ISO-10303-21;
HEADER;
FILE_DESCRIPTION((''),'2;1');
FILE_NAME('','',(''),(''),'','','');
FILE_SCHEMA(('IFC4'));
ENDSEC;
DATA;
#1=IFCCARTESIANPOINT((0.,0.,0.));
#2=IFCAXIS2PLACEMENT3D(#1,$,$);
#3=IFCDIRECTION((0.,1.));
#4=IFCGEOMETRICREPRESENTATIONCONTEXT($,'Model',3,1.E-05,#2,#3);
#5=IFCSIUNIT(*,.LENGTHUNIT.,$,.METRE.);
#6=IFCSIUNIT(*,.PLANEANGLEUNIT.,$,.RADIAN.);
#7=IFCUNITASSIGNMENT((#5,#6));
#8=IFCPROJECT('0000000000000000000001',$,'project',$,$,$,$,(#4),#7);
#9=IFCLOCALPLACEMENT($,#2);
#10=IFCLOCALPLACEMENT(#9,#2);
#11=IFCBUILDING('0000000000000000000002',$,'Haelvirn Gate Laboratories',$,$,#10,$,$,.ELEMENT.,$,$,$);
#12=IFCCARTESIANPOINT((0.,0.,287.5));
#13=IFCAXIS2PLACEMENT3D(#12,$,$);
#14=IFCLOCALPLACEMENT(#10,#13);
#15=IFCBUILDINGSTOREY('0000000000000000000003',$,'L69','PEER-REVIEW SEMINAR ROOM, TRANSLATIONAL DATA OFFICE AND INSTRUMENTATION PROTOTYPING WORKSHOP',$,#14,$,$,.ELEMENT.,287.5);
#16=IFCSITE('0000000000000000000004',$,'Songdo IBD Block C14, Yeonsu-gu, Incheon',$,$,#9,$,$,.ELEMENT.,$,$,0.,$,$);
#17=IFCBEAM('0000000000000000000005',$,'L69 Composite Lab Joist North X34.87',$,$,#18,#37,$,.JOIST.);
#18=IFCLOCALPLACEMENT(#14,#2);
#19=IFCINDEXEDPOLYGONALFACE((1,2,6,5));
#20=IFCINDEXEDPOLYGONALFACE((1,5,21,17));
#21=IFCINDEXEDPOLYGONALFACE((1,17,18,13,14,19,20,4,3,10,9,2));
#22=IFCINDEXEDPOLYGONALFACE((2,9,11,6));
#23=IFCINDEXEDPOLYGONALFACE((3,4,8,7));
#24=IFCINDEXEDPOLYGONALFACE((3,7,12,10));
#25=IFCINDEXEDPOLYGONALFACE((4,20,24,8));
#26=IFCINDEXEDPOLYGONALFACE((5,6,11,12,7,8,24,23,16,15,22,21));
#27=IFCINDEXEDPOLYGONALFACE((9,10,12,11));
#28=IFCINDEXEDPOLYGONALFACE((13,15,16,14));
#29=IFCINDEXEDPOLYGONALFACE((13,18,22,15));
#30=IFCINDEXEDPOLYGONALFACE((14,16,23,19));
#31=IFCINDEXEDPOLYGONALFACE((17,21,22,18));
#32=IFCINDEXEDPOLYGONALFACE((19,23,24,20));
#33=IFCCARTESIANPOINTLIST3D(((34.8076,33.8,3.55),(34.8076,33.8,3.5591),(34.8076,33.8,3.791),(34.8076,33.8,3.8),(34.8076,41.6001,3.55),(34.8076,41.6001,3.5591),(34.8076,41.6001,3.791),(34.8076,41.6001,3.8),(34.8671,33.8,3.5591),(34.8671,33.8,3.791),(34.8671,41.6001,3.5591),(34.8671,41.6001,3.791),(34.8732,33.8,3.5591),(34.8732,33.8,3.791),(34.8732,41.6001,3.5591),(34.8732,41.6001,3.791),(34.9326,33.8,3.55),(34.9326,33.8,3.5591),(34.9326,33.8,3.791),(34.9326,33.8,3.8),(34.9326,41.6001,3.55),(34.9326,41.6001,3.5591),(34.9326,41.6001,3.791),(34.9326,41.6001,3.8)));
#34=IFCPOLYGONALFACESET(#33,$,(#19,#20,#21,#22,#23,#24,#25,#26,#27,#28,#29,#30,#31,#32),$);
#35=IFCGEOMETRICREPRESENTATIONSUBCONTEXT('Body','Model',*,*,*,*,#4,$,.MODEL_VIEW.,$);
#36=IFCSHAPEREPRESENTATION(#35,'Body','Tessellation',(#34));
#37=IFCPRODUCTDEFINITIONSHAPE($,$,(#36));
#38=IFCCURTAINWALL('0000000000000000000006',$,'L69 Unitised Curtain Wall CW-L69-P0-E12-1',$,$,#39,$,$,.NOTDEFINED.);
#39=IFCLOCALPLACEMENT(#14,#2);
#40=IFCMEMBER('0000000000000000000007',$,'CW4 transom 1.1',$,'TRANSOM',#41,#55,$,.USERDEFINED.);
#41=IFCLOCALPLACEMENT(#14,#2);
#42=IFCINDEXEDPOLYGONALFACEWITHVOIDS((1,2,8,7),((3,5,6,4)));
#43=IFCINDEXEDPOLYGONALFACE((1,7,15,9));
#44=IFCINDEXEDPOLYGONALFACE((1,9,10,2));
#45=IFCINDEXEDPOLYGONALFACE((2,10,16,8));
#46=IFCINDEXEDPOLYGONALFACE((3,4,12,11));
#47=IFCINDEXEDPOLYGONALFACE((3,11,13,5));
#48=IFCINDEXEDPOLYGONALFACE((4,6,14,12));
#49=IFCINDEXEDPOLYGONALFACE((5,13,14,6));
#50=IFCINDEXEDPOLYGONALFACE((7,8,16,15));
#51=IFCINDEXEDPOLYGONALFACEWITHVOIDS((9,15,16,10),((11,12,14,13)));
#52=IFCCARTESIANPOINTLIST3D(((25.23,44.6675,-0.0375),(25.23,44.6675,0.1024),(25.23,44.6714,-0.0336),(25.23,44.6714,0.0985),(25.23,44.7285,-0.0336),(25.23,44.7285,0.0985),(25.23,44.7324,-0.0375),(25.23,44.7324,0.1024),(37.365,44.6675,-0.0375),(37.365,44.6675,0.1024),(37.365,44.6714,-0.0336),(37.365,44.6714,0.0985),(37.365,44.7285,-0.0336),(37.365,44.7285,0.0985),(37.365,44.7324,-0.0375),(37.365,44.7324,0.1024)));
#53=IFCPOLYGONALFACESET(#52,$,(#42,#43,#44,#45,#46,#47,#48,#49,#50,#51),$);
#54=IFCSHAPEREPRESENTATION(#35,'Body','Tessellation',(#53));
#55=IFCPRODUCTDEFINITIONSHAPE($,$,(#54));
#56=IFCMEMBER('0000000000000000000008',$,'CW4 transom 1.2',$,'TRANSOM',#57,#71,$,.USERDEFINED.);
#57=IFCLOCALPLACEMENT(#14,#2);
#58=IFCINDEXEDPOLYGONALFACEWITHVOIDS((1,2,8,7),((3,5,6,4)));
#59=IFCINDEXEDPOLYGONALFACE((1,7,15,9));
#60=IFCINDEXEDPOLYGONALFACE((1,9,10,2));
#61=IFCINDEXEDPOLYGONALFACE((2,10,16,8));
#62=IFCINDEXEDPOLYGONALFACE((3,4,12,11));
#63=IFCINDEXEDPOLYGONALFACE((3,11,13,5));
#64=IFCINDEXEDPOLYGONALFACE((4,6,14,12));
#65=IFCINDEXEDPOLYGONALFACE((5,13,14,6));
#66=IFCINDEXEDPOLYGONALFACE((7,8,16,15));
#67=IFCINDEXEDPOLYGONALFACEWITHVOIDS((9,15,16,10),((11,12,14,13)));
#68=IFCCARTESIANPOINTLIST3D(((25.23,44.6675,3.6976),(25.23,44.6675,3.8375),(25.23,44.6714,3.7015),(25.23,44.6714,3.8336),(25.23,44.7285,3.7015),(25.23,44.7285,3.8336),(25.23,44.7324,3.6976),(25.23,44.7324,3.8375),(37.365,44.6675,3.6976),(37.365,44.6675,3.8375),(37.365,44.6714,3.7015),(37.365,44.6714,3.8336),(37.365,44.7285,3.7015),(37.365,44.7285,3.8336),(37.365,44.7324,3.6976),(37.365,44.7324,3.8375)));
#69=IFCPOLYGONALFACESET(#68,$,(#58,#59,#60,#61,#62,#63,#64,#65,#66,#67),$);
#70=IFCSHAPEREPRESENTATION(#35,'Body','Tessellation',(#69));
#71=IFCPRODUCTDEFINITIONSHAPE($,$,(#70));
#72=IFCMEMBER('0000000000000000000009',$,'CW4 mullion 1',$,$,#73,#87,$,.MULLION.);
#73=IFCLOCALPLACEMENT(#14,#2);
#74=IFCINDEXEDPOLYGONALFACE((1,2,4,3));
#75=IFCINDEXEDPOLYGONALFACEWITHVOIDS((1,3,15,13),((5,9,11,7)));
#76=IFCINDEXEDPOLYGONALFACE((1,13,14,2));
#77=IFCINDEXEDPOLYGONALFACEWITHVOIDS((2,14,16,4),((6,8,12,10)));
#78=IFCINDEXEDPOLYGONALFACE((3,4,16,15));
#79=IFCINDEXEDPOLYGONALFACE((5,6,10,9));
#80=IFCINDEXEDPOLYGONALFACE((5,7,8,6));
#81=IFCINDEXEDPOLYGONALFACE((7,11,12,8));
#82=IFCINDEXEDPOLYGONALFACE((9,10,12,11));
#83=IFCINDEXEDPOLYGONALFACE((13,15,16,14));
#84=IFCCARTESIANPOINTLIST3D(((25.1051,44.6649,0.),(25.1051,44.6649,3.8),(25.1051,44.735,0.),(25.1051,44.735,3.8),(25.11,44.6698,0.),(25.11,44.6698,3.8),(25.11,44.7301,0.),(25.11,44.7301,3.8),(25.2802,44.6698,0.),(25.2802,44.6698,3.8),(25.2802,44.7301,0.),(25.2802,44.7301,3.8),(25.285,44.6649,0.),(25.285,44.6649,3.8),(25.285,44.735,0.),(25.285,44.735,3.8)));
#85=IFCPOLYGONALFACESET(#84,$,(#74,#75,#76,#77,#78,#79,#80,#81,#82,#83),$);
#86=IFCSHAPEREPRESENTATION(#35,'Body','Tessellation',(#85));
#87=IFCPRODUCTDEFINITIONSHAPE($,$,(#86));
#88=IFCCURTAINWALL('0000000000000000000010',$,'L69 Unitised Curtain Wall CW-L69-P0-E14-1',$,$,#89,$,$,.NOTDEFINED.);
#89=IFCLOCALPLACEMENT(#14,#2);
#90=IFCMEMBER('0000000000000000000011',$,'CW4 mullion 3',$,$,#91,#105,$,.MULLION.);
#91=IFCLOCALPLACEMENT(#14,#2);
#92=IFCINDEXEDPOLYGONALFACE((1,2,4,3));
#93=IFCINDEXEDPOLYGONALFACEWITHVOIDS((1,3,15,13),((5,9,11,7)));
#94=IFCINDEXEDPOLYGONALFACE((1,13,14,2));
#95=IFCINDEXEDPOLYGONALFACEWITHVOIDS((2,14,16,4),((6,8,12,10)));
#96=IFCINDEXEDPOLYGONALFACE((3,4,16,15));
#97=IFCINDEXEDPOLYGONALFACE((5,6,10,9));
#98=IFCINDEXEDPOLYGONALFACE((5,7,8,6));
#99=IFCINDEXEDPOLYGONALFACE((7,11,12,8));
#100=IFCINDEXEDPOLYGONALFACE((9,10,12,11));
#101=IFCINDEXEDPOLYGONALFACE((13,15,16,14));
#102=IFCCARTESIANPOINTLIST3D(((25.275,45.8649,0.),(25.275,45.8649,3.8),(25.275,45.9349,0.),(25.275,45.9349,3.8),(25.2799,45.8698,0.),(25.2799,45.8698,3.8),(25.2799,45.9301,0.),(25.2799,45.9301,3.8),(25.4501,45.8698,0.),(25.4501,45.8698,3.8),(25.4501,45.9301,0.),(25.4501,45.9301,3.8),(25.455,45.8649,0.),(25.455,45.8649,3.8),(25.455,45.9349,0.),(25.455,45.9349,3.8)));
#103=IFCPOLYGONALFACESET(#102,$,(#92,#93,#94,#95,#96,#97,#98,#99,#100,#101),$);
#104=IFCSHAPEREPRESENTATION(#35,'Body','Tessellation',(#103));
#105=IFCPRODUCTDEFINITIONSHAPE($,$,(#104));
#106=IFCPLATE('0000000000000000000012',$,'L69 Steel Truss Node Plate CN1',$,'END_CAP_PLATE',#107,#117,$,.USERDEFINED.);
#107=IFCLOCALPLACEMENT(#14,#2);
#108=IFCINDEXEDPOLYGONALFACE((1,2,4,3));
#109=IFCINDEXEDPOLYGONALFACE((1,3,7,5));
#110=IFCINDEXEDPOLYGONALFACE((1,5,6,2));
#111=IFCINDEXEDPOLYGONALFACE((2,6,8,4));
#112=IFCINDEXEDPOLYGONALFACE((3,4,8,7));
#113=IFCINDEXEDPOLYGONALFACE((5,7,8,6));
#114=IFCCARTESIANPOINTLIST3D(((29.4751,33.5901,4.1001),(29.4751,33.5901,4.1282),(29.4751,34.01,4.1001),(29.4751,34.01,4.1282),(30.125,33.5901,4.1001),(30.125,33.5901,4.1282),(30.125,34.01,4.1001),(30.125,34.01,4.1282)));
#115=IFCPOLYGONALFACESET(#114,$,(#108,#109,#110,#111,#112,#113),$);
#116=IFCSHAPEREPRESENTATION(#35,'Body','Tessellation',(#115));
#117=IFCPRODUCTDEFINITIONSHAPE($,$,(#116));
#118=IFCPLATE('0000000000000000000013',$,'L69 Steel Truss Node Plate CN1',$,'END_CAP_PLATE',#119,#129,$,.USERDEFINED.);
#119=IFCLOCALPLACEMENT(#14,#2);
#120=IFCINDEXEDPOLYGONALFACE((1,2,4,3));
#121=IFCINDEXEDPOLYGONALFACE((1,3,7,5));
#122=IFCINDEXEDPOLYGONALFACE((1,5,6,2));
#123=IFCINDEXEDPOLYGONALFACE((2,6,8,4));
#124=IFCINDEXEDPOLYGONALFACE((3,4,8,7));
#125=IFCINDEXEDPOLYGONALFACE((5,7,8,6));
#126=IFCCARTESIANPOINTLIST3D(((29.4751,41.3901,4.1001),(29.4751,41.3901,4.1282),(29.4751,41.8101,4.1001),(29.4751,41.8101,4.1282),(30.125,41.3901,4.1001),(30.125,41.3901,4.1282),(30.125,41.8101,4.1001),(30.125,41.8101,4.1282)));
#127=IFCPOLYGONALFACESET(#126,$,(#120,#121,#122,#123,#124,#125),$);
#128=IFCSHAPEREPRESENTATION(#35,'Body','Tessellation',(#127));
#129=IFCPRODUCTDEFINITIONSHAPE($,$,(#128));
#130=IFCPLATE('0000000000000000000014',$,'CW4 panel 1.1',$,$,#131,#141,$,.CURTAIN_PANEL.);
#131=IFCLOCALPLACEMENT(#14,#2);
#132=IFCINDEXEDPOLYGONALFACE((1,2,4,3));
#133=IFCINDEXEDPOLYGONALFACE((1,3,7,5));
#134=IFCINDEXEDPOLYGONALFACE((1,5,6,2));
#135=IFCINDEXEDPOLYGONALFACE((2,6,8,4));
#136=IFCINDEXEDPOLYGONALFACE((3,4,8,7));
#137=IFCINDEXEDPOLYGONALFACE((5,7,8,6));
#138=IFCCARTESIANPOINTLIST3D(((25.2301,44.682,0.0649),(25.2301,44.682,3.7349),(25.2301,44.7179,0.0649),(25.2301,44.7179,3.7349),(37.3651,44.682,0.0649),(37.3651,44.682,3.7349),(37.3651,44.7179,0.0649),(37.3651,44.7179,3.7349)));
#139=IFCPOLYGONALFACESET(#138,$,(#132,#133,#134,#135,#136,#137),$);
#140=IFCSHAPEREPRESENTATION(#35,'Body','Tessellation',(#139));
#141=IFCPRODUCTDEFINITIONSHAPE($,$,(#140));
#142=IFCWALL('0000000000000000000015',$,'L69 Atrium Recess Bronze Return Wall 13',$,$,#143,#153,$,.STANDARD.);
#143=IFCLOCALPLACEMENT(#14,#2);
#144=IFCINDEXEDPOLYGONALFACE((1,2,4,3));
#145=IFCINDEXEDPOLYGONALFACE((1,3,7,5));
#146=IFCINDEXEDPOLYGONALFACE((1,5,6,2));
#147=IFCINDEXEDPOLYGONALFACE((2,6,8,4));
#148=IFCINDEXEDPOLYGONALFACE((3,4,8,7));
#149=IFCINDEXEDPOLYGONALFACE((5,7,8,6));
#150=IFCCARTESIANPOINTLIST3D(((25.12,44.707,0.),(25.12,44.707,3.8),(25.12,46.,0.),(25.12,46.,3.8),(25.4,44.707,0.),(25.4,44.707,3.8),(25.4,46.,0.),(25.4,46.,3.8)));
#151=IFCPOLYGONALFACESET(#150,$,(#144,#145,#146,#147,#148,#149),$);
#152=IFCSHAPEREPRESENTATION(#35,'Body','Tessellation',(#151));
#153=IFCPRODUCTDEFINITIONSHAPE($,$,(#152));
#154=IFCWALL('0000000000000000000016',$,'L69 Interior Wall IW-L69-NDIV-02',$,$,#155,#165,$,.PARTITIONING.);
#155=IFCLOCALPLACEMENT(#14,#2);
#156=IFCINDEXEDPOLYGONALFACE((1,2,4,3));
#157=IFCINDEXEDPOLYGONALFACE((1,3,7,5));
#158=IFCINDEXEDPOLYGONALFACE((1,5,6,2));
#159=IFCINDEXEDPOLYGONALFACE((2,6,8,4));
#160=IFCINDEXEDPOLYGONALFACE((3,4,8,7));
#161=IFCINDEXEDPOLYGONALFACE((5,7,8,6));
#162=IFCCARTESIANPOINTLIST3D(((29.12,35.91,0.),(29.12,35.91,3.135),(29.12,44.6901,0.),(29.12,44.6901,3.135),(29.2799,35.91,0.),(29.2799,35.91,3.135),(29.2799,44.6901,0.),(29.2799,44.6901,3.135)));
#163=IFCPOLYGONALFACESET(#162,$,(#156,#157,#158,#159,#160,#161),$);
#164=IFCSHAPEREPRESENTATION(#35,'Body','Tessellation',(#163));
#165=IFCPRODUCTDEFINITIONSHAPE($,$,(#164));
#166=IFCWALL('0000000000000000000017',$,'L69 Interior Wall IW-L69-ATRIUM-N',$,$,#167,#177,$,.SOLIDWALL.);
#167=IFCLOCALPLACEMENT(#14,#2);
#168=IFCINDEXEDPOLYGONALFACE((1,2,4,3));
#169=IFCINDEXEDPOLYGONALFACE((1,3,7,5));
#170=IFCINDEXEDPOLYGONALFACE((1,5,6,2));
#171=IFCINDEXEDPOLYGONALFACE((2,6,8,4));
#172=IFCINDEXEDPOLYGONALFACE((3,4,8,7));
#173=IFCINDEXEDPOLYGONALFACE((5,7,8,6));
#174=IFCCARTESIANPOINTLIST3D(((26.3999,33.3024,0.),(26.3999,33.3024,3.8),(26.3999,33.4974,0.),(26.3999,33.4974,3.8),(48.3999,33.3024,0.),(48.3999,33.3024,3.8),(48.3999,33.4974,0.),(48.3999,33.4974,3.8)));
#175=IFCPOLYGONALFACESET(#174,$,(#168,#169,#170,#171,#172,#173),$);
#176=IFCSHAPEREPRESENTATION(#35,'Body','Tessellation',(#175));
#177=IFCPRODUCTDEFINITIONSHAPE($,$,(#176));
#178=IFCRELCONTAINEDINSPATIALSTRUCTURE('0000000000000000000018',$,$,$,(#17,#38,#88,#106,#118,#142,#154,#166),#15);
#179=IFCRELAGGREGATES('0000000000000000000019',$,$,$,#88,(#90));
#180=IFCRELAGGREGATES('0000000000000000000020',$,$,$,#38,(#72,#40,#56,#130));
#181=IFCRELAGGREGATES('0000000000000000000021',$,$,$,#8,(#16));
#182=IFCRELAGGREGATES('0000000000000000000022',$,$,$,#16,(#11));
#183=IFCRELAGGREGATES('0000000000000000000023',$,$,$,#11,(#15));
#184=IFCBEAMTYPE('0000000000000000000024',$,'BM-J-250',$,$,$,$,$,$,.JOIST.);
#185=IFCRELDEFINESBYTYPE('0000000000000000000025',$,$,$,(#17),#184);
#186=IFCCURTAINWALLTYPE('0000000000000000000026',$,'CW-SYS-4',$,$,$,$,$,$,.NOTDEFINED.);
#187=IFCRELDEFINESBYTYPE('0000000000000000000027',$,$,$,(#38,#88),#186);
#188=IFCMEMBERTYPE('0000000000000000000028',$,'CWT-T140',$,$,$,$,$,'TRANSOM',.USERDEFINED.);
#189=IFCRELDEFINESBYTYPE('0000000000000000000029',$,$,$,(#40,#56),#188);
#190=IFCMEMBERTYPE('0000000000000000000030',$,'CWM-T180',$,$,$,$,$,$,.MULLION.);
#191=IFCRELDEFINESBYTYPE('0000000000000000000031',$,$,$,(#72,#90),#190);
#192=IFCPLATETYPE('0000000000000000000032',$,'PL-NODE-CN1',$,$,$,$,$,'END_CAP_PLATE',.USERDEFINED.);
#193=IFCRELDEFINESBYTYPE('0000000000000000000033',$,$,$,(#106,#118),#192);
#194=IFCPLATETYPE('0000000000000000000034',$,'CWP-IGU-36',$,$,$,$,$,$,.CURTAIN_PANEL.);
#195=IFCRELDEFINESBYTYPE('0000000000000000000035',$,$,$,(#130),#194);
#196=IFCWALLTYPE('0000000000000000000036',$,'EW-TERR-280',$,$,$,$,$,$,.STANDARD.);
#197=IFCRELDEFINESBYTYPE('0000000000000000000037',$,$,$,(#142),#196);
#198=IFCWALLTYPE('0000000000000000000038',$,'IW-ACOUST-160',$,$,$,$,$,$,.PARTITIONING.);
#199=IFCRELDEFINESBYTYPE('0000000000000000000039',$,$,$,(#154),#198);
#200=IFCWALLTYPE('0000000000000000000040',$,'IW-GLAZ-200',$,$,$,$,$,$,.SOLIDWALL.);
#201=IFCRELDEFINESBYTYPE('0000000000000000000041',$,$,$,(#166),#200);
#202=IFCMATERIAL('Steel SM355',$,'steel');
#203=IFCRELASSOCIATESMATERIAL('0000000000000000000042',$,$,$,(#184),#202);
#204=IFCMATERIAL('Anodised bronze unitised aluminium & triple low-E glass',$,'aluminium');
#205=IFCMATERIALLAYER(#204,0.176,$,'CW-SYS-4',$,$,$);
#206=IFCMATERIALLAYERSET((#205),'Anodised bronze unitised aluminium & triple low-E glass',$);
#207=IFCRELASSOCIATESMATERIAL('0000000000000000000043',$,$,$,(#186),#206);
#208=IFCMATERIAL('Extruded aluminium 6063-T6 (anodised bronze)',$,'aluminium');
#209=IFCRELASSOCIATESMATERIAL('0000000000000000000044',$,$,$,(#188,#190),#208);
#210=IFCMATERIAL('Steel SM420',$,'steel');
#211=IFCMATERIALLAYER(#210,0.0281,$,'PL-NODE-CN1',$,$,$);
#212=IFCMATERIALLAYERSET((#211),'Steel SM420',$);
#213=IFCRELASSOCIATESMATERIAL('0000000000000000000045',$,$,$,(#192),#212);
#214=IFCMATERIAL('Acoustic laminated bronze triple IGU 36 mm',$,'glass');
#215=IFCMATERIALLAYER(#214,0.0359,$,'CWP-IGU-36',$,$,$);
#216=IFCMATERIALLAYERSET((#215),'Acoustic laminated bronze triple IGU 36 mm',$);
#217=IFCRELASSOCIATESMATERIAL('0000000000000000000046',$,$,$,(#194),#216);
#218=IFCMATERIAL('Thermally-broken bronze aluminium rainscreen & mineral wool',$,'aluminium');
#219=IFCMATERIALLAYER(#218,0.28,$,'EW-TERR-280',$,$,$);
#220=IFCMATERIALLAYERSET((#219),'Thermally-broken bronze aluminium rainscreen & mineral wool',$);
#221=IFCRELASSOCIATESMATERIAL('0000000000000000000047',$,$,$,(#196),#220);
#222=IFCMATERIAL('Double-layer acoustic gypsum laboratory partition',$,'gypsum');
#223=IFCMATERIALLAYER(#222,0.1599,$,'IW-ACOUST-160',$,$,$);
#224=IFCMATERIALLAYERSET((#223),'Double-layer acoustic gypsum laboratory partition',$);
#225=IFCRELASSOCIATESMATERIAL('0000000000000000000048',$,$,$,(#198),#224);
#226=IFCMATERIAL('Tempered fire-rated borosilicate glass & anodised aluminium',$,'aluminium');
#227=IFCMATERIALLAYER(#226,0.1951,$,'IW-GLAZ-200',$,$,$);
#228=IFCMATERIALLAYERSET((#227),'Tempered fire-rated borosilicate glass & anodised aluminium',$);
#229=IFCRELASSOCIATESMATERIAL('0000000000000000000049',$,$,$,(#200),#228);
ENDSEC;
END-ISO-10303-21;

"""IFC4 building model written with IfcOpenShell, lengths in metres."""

from ifc_helpers import new_model, si_unit, direction, frame, frame_2d, origin, origin_2d, place, context, subcontext, project, spatial, rectangle, hollow_rectangle, i_section, extrude, source, transform, mapped, material, layer, layer_set, material_profile, profile_set, type_object, type_shapes, element, aggregate, save


model = new_model("IFC4")

# Units and contexts
model_context = context("Model", 3, precision=1e-05, world=origin(), true_north=direction((0.0, 1.0)))
body_context = subcontext(model_context, "Body", "Model", "MODEL_VIEW")
ifc_project = project(units=[si_unit("LENGTHUNIT", "METRE"), si_unit("PLANEANGLEUNIT", "RADIAN")], contexts=[model_context])

# Site, building, storey
site_placement = place(None, origin())
site = spatial("IfcSite", under=ifc_project, at=site_placement, Name="Songdo IBD Block C14, Yeonsu-gu, Incheon", CompositionType="ELEMENT", RefElevation=0.0)
building_placement = place(site_placement, origin())
building = spatial("IfcBuilding", under=site, at=building_placement, Name="Haelvirn Gate Laboratories", CompositionType="ELEMENT")
storey_placement = place(building_placement, frame((0.0, 0.0, 287.5)))
storey = spatial("IfcBuildingStorey", under=building, at=storey_placement, Name="L69", Description="PEER-REVIEW SEMINAR ROOM, TRANSLATIONAL DATA OFFICE AND INSTRUMENTATION PROTOTYPING WORKSHOP", CompositionType="ELEMENT", Elevation=287.5)

# Shared definitions
ifc_material_1 = material(Name="Steel SM355", Category="steel")

# Beam
ifc_material_profile_1 = material_profile(ifc_material_1, i_section(OverallWidth=0.125, OverallDepth=0.25, WebThickness=0.0061, FlangeThickness=0.009, at=origin_2d()), Name="H-250x125x6x9")
ifc_profile_set_1 = profile_set([ifc_material_profile_1], Name="Steel SM355")
beam_type_1 = type_object("IfcBeamType", Name="BM-J-250", PredefinedType="JOIST", material=ifc_profile_set_1)
shared_shape_1 = source(origin(), body_context, "Body", "SweptSolid", [
    extrude(i_section(OverallWidth=0.125, OverallDepth=0.25, WebThickness=0.0061, FlangeThickness=0.009, at=origin_2d()), origin(), (0.0, 0.0, 1.0), 7.8),
])
type_shapes(beam_type_1, [shared_shape_1])
for number, where, z_axis, x_axis, name in (
    (1, (34.8701, 33.8, 3.675), (0.0, 1.0, 0.0), (-1.0, 0.0, 0.0), "L69 Composite Lab Joist North X34.87"),
):
    element("IfcBeam", number, at=place(storey_placement, frame(where, z_axis=z_axis, x_axis=x_axis)), inside=storey, type_object=beam_type_1, Name=name, PredefinedType="JOIST", context=body_context, shape_type="MappedRepresentation", body=[
        mapped(shared_shape_1, transform((0.0, 0.0, 0.0), scale=1.0)),
    ])

# Curtain wall, members
ifc_material_2 = material(Name="Anodised bronze unitised aluminium & triple low-E glass", Category="aluminium")
ifc_layer_1 = layer(ifc_material_2, 0.176, Name="CW-SYS-4")
ifc_layer_set_1 = layer_set([ifc_layer_1], Name="Anodised bronze unitised aluminium & triple low-E glass")
curtain_wall_type = type_object("IfcCurtainWallType", Name="CW-SYS-4", PredefinedType="NOTDEFINED", material=ifc_layer_set_1)
curtain_wall_1_placement = place(storey_placement, origin())
curtain_wall_1 = element("IfcCurtainWall", 2, at=curtain_wall_1_placement, inside=storey, type_object=curtain_wall_type, Name="L69 Unitised Curtain Wall CW-L69-P0-E12-1", PredefinedType="NOTDEFINED")
ifc_material_3 = material(Name="Extruded aluminium 6063-T6 (anodised bronze)", Category="aluminium")
ifc_material_profile_2 = material_profile(ifc_material_3, hollow_rectangle(XDim=0.0649, YDim=0.1399, WallThickness=0.0039, at=origin_2d()), Name="CWT-140x65x4")
ifc_profile_set_2 = profile_set([ifc_material_profile_2], Name="Extruded aluminium 6063-T6 (anodised bronze)")
member_type_1 = type_object("IfcMemberType", Name="CWT-T140", ElementType="TRANSOM", PredefinedType="USERDEFINED", material=ifc_profile_set_2)
shared_shape_2 = source(origin(), body_context, "Body", "SweptSolid", [
    extrude(hollow_rectangle(XDim=0.0649, YDim=0.1399, WallThickness=0.0039, at=origin_2d()), origin(), (0.0, 0.0, 1.0), 12.135),
])
type_shapes(member_type_1, [shared_shape_2])
member_1_placement = place(storey_placement, frame((25.23, 44.7, 0.0325), z_axis=(1.0, 0.0, 0.0), x_axis=(0.0, 1.0, 0.0)))
member_1 = element("IfcMember", 3, at=member_1_placement, type_object=member_type_1, Name="CW4 transom 1.1", ObjectType="TRANSOM", PredefinedType="USERDEFINED", context=body_context, shape_type="MappedRepresentation", body=[
    mapped(shared_shape_2, transform((0.0, 0.0, 0.0), scale=1.0)),
])
member_2_placement = place(storey_placement, frame((25.23, 44.7, 3.7676), z_axis=(1.0, 0.0, 0.0), x_axis=(0.0, 1.0, 0.0)))
member_2 = element("IfcMember", 4, at=member_2_placement, type_object=member_type_1, Name="CW4 transom 1.2", ObjectType="TRANSOM", PredefinedType="USERDEFINED", context=body_context, shape_type="MappedRepresentation", body=[
    mapped(shared_shape_2, transform((0.0, 0.0, 0.0), scale=1.0)),
])
ifc_material_profile_3 = material_profile(ifc_material_3, hollow_rectangle(XDim=0.0701, YDim=0.1799, WallThickness=0.0049, at=origin_2d()), Name="CWM-180x70x5")
ifc_profile_set_3 = profile_set([ifc_material_profile_3], Name="Extruded aluminium 6063-T6 (anodised bronze)")
member_type_2 = type_object("IfcMemberType", Name="CWM-T180", PredefinedType="MULLION", material=ifc_profile_set_3)
shared_shape_3 = source(origin(), body_context, "Body", "SweptSolid", [
    extrude(hollow_rectangle(XDim=0.0701, YDim=0.1799, WallThickness=0.0049, at=origin_2d()), origin(), (0.0, 0.0, 1.0), 3.8),
])
type_shapes(member_type_2, [shared_shape_3])
member_3_placement = place(storey_placement, frame((25.1951, 44.7, 0.0), z_axis=(0.0, 0.0, 1.0), x_axis=(0.0, 1.0, 0.0)))
member_3 = element("IfcMember", 5, at=member_3_placement, type_object=member_type_2, Name="CW4 mullion 1", PredefinedType="MULLION", context=body_context, shape_type="MappedRepresentation", body=[
    mapped(shared_shape_3, transform((0.0, 0.0, 0.0), scale=1.0)),
])

# Curtain wall, member
curtain_wall_2_placement = place(storey_placement, origin())
curtain_wall_2 = element("IfcCurtainWall", 6, at=curtain_wall_2_placement, inside=storey, type_object=curtain_wall_type, Name="L69 Unitised Curtain Wall CW-L69-P0-E14-1", PredefinedType="NOTDEFINED")
member_4_placement = place(storey_placement, frame((25.365, 45.8999, 0.0), z_axis=(0.0, 0.0, 1.0), x_axis=(0.0, 1.0, 0.0)))
member_4 = element("IfcMember", 7, at=member_4_placement, type_object=member_type_2, Name="CW4 mullion 3", PredefinedType="MULLION", context=body_context, shape_type="MappedRepresentation", body=[
    mapped(shared_shape_3, transform((0.0, 0.0, 0.0), scale=1.0)),
])
aggregate(curtain_wall_2, [member_4])

# Plates
ifc_material_4 = material(Name="Steel SM420", Category="steel")
ifc_layer_2 = layer(ifc_material_4, 0.0281, Name="PL-NODE-CN1")
ifc_layer_set_2 = layer_set([ifc_layer_2], Name="Steel SM420")
plate_type_1 = type_object("IfcPlateType", Name="PL-NODE-CN1", ElementType="END_CAP_PLATE", PredefinedType="USERDEFINED", material=ifc_layer_set_2)
shared_shape_4 = source(origin(), body_context, "Body", "SweptSolid", [
    extrude(rectangle(XDim=0.6499, YDim=0.4199, at=origin_2d()), origin(), (0.0, 0.0, 1.0), 0.0281),
])
type_shapes(plate_type_1, [shared_shape_4])
for number, where, z_axis, x_axis, name in (
    (8, (29.8, 33.8, 4.1001), (0.0, 0.0, 1.0), (1.0, 0.0, 0.0), "L69 Steel Truss Node Plate CN1"),
    (9, (29.8, 41.6001, 4.1001), (0.0, 0.0, 1.0), (1.0, 0.0, 0.0), "L69 Steel Truss Node Plate CN1"),
):
    element("IfcPlate", number, at=place(storey_placement, frame(where, z_axis=z_axis, x_axis=x_axis)), inside=storey, type_object=plate_type_1, Name=name, ObjectType="END_CAP_PLATE", PredefinedType="USERDEFINED", context=body_context, shape_type="MappedRepresentation", body=[
        mapped(shared_shape_4, transform((0.0, 0.0, 0.0), scale=1.0)),
    ])

# Plate
ifc_material_5 = material(Name="Acoustic laminated bronze triple IGU 36 mm", Category="glass")
ifc_layer_3 = layer(ifc_material_5, 0.0359, Name="CWP-IGU-36")
ifc_layer_set_3 = layer_set([ifc_layer_3], Name="Acoustic laminated bronze triple IGU 36 mm")
plate_type_2 = type_object("IfcPlateType", Name="CWP-IGU-36", PredefinedType="CURTAIN_PANEL", material=ifc_layer_set_3)
shared_shape_5 = source(origin(), body_context, "Body", "SweptSolid", [
    extrude(rectangle(XDim=12.135, YDim=0.0359, at=origin_2d()), origin(), (0.0, 0.0, 1.0), 3.6699),
])
type_shapes(plate_type_2, [shared_shape_5])
plate_placement = place(storey_placement, frame((31.2976, 44.7, 0.0649), z_axis=(0.0, 0.0, 1.0), x_axis=(1.0, 0.0, 0.0)))
plate = element("IfcPlate", 10, at=plate_placement, type_object=plate_type_2, Name="CW4 panel 1.1", PredefinedType="CURTAIN_PANEL", context=body_context, shape_type="MappedRepresentation", body=[
    mapped(shared_shape_5, transform((0.0, 0.0, 0.0), scale=1.0)),
])
aggregate(curtain_wall_1, [member_3, member_1, member_2, plate])

# Walls
ifc_material_6 = material(Name="Thermally-broken bronze aluminium rainscreen & mineral wool", Category="aluminium")
ifc_layer_4 = layer(ifc_material_6, 0.28, Name="EW-TERR-280")
ifc_layer_set_4 = layer_set([ifc_layer_4], Name="Thermally-broken bronze aluminium rainscreen & mineral wool")
wall_type_1 = type_object("IfcWallType", Name="EW-TERR-280", PredefinedType="STANDARD", material=ifc_layer_set_4)
wall_1_placement = place(storey_placement, frame((25.26, 44.707, 0.0), z_axis=(0.0, 0.0, 1.0), x_axis=(0.0, 1.0, 0.0)))
element("IfcWall", 11, at=wall_1_placement, inside=storey, type_object=wall_type_1, Name="L69 Atrium Recess Bronze Return Wall 13", PredefinedType="STANDARD", context=body_context, shape_type="SweptSolid", body=[
    extrude(rectangle(XDim=1.293, YDim=0.28, at=frame_2d((0.6465, 0.0))), origin(), (0.0, 0.0, 1.0), 3.8),
])
ifc_material_7 = material(Name="Double-layer acoustic gypsum laboratory partition", Category="gypsum")
ifc_layer_5 = layer(ifc_material_7, 0.1599, Name="IW-ACOUST-160")
ifc_layer_set_5 = layer_set([ifc_layer_5], Name="Double-layer acoustic gypsum laboratory partition")
wall_type_2 = type_object("IfcWallType", Name="IW-ACOUST-160", PredefinedType="PARTITIONING", material=ifc_layer_set_5)
wall_2_placement = place(storey_placement, frame((29.2, 35.9099, 0.0), z_axis=(0.0, 0.0, 1.0), x_axis=(0.0, 1.0, 0.0)))
element("IfcWall", 12, at=wall_2_placement, inside=storey, type_object=wall_type_2, Name="L69 Interior Wall IW-L69-NDIV-02", PredefinedType="PARTITIONING", context=body_context, shape_type="SweptSolid", body=[
    extrude(rectangle(XDim=8.78, YDim=0.1599, at=frame_2d((4.3901, 0.0))), origin(), (0.0, 0.0, 1.0), 3.135),
])
ifc_material_8 = material(Name="Tempered fire-rated borosilicate glass & anodised aluminium", Category="aluminium")
ifc_layer_6 = layer(ifc_material_8, 0.1951, Name="IW-GLAZ-200")
ifc_layer_set_6 = layer_set([ifc_layer_6], Name="Tempered fire-rated borosilicate glass & anodised aluminium")
wall_type_3 = type_object("IfcWallType", Name="IW-GLAZ-200", PredefinedType="SOLIDWALL", material=ifc_layer_set_6)
wall_3_placement = place(storey_placement, frame((26.3999, 33.3999, 0.0), z_axis=(0.0, 0.0, 1.0), x_axis=(1.0, 0.0, 0.0)))
element("IfcWall", 13, at=wall_3_placement, inside=storey, type_object=wall_type_3, Name="L69 Interior Wall IW-L69-ATRIUM-N", PredefinedType="SOLIDWALL", context=body_context, shape_type="SweptSolid", body=[
    extrude(rectangle(XDim=22.0, YDim=0.1951, at=frame_2d((11.0, 0.0))), origin(), (0.0, 0.0, 1.0), 3.8),
])

save(model, "model.ifc")
